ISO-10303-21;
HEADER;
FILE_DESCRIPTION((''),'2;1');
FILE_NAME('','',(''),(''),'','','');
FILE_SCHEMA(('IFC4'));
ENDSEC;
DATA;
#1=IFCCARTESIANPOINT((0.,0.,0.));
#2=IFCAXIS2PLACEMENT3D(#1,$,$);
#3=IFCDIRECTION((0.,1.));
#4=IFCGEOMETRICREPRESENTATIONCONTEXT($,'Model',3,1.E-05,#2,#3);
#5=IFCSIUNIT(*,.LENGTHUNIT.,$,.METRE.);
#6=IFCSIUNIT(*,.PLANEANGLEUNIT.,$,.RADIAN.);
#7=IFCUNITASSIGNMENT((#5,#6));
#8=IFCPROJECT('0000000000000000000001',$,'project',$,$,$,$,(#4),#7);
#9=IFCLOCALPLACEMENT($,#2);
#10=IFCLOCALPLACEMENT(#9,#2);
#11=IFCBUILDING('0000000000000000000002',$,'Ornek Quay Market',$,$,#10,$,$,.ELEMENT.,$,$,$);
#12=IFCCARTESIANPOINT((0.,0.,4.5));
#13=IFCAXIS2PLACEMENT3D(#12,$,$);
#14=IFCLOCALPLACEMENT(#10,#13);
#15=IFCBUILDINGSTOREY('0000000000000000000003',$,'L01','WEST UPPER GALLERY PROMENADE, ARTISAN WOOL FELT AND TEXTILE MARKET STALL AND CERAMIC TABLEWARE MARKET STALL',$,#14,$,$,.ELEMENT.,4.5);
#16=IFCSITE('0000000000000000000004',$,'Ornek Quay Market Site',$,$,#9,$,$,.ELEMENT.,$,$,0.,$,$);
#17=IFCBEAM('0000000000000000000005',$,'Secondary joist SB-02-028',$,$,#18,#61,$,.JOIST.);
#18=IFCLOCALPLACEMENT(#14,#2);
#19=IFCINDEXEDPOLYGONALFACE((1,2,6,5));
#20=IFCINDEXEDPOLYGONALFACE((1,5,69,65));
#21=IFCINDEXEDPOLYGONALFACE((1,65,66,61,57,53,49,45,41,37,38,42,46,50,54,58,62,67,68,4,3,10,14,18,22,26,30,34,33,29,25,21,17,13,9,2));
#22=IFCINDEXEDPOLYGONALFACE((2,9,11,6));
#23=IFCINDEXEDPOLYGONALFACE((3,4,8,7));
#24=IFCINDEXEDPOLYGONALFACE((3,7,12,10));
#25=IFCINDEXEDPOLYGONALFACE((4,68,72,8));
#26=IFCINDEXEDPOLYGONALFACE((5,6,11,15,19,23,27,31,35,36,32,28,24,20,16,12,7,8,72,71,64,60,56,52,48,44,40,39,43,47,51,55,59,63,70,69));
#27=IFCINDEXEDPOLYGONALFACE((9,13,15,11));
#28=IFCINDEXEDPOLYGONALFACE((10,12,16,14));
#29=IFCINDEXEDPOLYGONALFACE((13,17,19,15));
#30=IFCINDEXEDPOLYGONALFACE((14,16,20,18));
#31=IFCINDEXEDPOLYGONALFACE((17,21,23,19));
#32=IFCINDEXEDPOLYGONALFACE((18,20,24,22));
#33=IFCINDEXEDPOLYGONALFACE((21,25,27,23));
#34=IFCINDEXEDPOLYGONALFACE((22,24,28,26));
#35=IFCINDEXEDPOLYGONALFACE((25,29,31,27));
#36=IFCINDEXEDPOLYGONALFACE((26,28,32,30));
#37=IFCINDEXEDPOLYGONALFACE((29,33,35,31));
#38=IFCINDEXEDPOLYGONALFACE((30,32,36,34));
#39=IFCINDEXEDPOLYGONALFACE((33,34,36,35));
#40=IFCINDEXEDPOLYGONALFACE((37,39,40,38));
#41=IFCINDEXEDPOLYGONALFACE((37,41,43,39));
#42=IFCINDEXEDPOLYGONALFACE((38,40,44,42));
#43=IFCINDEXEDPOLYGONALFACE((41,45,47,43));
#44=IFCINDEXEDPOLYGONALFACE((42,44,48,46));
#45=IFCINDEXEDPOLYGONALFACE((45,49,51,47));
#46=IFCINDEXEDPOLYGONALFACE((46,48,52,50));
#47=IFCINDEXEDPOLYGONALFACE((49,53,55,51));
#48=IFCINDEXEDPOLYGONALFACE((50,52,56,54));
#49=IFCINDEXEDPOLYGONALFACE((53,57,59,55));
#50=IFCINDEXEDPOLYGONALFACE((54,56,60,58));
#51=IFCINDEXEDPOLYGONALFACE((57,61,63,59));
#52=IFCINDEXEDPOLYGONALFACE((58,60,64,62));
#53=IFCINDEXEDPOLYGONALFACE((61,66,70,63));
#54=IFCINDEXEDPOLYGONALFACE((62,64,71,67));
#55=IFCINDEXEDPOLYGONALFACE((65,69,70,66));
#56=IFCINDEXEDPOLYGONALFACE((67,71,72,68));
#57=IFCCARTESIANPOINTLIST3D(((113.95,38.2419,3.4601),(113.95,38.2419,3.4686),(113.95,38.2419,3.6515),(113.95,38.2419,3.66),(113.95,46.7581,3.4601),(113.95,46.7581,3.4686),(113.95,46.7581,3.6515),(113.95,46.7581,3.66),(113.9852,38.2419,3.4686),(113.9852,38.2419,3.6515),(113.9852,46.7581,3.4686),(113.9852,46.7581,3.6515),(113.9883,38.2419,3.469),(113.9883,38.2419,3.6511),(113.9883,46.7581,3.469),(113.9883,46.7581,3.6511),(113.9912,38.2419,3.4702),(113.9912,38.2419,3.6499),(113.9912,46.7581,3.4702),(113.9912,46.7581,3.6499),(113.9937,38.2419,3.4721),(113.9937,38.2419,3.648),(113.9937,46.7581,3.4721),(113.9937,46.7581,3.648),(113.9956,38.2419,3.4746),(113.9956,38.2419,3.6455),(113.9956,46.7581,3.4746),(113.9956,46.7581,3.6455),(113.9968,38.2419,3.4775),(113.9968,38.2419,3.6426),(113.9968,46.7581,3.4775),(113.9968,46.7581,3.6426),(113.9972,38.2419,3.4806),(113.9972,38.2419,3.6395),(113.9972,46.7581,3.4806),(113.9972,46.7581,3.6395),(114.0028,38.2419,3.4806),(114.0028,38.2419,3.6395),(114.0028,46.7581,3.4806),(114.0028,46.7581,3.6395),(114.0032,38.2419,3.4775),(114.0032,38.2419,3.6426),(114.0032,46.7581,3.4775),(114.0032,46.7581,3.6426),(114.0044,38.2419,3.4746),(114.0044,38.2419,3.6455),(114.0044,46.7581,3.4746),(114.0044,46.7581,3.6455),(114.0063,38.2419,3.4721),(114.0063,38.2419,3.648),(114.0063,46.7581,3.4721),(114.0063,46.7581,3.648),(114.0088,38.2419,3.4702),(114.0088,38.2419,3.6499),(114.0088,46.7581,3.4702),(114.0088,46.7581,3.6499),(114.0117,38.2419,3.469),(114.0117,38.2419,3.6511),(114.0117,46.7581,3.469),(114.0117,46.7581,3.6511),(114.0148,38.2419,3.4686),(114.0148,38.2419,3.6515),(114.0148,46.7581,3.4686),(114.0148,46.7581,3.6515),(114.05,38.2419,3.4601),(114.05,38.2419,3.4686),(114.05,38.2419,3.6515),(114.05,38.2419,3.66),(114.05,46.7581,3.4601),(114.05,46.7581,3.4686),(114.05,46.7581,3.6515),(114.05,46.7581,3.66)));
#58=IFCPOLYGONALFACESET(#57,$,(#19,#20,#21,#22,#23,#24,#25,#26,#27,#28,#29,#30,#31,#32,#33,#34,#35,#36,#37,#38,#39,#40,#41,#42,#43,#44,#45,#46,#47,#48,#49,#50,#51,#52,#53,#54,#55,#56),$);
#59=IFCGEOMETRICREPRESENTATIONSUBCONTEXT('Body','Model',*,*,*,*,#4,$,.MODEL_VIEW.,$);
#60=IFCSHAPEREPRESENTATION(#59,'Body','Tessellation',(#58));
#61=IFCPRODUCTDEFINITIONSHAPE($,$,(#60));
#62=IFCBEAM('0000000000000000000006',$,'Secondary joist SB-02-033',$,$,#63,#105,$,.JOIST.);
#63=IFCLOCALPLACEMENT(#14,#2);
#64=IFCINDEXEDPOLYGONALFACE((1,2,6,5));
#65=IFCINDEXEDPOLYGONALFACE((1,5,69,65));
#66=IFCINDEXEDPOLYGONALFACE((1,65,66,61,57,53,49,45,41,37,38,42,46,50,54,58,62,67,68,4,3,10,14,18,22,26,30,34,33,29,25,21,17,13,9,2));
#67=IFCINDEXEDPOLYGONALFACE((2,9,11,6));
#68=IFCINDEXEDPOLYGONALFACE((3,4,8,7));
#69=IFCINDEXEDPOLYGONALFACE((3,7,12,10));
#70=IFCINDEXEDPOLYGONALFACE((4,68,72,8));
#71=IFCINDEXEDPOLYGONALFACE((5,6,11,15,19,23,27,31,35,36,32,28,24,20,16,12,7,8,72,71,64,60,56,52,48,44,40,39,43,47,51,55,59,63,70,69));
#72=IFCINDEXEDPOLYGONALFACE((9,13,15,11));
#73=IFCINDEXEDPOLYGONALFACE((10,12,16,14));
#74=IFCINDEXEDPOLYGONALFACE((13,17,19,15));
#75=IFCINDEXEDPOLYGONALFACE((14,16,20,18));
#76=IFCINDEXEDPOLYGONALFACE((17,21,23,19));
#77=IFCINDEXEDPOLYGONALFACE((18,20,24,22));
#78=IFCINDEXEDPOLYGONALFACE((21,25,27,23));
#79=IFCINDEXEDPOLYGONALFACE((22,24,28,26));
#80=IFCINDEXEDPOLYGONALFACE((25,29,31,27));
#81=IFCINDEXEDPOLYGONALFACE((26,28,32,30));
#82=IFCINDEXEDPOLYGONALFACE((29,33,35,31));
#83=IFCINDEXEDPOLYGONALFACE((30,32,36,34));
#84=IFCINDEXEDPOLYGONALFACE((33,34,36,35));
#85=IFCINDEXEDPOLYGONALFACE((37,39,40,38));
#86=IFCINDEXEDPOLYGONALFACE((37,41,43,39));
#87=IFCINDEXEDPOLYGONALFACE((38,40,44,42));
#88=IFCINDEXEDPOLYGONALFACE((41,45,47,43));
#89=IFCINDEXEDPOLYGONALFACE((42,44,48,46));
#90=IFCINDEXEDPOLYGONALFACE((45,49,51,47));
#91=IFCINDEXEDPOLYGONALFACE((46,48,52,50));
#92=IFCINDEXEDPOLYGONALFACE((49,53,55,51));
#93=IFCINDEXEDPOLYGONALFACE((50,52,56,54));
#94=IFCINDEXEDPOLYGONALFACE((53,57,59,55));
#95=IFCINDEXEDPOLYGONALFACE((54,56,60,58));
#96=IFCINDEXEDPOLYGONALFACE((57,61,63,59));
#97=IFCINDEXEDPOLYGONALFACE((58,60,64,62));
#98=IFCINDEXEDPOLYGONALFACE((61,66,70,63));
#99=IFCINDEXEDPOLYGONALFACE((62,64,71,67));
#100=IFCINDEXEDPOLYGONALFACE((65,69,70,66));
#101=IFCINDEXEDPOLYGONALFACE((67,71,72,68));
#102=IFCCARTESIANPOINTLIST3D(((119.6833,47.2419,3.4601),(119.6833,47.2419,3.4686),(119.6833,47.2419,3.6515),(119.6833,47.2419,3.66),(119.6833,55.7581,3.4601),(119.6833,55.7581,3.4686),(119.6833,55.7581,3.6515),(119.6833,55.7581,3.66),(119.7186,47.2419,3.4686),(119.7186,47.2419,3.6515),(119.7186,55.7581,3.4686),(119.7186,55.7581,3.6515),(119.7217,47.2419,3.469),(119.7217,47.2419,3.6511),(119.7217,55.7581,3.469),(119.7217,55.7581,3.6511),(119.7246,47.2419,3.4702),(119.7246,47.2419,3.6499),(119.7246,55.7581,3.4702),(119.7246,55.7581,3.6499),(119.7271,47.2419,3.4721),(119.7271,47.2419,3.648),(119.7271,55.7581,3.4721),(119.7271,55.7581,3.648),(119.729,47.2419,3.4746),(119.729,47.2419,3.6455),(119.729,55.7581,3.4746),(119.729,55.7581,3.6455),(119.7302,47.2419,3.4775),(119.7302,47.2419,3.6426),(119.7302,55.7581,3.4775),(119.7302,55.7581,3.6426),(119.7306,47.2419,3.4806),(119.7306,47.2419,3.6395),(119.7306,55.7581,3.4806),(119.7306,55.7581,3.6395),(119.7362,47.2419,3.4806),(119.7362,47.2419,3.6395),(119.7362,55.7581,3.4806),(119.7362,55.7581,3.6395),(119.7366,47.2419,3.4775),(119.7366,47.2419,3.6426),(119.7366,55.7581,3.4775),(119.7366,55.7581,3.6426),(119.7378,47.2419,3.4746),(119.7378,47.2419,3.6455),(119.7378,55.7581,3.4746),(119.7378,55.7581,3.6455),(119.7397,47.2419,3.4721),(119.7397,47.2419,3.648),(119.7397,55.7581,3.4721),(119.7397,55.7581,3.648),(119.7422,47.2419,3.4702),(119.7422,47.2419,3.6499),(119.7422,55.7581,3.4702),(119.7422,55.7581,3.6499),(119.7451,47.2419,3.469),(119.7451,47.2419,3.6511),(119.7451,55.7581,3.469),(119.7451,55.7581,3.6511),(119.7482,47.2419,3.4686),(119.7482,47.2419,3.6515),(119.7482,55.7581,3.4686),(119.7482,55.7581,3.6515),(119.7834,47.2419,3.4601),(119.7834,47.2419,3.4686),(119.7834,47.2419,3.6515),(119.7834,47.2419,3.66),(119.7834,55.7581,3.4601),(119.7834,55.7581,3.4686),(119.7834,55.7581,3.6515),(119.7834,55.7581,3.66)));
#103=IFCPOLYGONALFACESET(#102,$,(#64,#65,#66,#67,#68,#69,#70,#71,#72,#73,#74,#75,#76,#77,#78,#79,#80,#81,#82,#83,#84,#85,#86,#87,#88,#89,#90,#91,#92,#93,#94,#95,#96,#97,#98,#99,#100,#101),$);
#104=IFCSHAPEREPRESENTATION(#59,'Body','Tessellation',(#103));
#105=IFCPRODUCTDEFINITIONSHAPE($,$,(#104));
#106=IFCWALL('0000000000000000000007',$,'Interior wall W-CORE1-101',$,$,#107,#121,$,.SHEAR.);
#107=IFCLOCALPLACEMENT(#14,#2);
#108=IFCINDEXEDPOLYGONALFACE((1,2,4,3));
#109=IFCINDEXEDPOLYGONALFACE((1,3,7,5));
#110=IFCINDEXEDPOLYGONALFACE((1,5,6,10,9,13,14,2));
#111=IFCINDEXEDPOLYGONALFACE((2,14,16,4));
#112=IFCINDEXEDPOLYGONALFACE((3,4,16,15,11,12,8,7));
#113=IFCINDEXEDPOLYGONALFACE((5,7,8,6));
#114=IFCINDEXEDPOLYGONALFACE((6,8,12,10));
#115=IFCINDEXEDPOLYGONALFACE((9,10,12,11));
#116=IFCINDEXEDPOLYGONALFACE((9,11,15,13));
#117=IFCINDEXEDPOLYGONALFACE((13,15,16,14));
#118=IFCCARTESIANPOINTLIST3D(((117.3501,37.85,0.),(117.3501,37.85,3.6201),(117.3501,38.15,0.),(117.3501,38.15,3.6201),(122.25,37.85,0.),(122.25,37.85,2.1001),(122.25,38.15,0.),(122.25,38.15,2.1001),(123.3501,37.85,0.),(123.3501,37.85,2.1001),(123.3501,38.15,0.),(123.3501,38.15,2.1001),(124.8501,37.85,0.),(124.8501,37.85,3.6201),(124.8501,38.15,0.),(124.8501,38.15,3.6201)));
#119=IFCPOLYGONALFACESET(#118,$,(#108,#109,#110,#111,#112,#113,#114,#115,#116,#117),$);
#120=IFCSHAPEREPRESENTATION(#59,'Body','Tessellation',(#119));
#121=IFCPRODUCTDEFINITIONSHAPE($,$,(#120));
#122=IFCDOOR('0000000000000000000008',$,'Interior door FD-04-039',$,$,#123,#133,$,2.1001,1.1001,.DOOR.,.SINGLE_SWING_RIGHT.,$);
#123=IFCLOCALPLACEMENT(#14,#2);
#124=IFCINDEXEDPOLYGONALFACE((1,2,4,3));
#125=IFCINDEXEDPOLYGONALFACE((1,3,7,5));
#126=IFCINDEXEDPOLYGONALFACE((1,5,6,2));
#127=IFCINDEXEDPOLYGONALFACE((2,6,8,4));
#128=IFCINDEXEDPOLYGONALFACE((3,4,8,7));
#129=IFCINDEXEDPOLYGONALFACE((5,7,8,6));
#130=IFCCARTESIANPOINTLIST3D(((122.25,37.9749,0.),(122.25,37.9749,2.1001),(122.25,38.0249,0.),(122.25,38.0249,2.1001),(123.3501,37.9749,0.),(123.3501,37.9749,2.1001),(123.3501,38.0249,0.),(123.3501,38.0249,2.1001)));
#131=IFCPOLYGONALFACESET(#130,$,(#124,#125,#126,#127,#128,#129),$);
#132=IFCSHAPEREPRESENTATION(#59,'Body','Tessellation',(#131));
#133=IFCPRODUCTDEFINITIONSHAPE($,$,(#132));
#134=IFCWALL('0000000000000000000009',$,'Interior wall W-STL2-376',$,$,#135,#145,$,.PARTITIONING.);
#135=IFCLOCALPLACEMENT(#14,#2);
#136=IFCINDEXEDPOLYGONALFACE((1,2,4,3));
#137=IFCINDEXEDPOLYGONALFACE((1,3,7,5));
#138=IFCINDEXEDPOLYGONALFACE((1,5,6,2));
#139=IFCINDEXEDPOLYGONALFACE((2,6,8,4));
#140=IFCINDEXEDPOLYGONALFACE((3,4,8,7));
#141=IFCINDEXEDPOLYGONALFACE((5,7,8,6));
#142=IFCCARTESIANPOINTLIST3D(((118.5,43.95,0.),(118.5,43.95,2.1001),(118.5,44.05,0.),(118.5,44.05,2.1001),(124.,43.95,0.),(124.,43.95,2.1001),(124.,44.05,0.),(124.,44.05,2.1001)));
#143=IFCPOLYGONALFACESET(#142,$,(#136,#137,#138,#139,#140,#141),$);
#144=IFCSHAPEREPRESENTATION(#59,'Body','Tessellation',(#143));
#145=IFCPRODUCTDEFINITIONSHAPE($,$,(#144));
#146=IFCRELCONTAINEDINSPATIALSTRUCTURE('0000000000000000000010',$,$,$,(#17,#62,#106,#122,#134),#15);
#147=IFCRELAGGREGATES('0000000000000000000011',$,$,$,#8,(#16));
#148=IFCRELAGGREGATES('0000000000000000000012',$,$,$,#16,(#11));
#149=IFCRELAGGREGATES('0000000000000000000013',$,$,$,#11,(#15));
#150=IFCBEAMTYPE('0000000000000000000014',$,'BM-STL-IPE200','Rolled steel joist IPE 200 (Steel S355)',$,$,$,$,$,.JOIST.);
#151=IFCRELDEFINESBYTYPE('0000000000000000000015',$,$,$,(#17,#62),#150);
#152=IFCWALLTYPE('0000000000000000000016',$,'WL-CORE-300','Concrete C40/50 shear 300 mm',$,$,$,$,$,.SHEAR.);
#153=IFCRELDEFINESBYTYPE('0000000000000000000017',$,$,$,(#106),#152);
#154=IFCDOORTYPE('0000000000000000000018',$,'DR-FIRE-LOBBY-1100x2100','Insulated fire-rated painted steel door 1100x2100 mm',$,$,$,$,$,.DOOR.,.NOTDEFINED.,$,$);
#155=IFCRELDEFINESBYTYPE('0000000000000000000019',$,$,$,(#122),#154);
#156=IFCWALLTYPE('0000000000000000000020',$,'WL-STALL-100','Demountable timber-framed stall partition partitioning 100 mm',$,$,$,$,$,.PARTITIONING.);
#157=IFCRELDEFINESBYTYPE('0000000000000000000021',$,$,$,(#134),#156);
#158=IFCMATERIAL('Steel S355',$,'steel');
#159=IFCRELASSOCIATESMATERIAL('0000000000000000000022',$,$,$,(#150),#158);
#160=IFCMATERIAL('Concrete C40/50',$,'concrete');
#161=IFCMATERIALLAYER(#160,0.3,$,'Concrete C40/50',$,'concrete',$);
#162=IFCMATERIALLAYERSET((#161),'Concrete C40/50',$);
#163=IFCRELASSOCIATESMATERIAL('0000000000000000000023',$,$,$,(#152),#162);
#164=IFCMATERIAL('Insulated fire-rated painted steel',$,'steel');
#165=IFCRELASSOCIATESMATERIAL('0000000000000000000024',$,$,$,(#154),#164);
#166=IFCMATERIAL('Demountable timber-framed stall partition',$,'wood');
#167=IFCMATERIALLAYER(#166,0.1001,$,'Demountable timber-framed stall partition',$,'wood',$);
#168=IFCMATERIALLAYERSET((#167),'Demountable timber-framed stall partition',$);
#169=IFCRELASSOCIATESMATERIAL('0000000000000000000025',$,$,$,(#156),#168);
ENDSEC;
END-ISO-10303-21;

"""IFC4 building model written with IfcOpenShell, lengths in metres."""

from ifc_helpers import new_model, si_unit, direction, frame, frame_2d, origin, origin_2d, place, context, subcontext, project, spatial, rectangle, i_section, extrude, material, layer, layer_set, material_profile, profile_set, type_object, element, fill, save


model = new_model("IFC4")

# Units and contexts
model_context = context("Model", 3, precision=1e-05, world=origin(), true_north=direction((0.0, 1.0)))
body_context = subcontext(model_context, "Body", "Model", "MODEL_VIEW")
ifc_project = project(units=[si_unit("LENGTHUNIT", "METRE"), si_unit("PLANEANGLEUNIT", "RADIAN")], contexts=[model_context])

# Site, building, storey
site_placement = place(None, origin())
site = spatial("IfcSite", under=ifc_project, at=site_placement, Name="Ornek Quay Market Site", CompositionType="ELEMENT", RefElevation=0.0)
building_placement = place(site_placement, origin())
building = spatial("IfcBuilding", under=site, at=building_placement, Name="Ornek Quay Market", CompositionType="ELEMENT")
storey_placement = place(building_placement, frame((0.0, 0.0, 4.5)))
storey = spatial("IfcBuildingStorey", under=building, at=storey_placement, Name="L01", Description="WEST UPPER GALLERY PROMENADE, ARTISAN WOOL FELT AND TEXTILE MARKET STALL AND CERAMIC TABLEWARE MARKET STALL", CompositionType="ELEMENT", Elevation=4.5)

# Beams
ifc_material_1 = material(Name="Concrete C40/50", Category="concrete")
ifc_material_2 = material(Name="Steel S355", Category="steel")
ifc_material_profile_1 = material_profile(ifc_material_2, i_section(OverallWidth=0.1001, OverallDepth=0.2, WebThickness=0.0056, FlangeThickness=0.0085, FilletRadius=0.012, at=origin_2d()), Name="IPE 200", Category="steel")
ifc_profile_set_1 = profile_set([ifc_material_profile_1], Name="Steel S355")
beam_type_1 = type_object("IfcBeamType", Name="BM-STL-IPE200", Description="Rolled steel joist IPE 200 (Steel S355)", PredefinedType="JOIST", material=ifc_profile_set_1)
for number, where, z_axis, x_axis, name in (
    (1, (114.0, 38.2419, 3.5601), (0.0, 1.0, 0.0), (-1.0, 0.0, 0.0), "Secondary joist SB-02-028"),
    (2, (119.7334, 47.2419, 3.5601), (0.0, 1.0, 0.0), (-1.0, 0.0, 0.0), "Secondary joist SB-02-033"),
):
    element("IfcBeam", number, at=place(storey_placement, frame(where, z_axis=z_axis, x_axis=x_axis)), inside=storey, type_object=beam_type_1, Name=name, PredefinedType="JOIST", context=body_context, shape_type="SweptSolid", body=[
        extrude(i_section(OverallWidth=0.1001, OverallDepth=0.2, WebThickness=0.0056, FlangeThickness=0.0085, FilletRadius=0.012, at=origin_2d()), origin(), (0.0, 0.0, 1.0), 8.5161),
    ])

# Wall, opening, door
ifc_layer_1 = layer(ifc_material_1, 0.3, Name="Concrete C40/50", Category="concrete")
ifc_layer_set_1 = layer_set([ifc_layer_1], Name="Concrete C40/50")
wall_type_1 = type_object("IfcWallType", Name="WL-CORE-300", Description="Concrete C40/50 shear 300 mm", PredefinedType="SHEAR", material=ifc_layer_set_1)
wall_1_placement = place(storey_placement, frame((117.3501, 38.0, 0.0), z_axis=(0.0, 0.0, 1.0), x_axis=(1.0, 0.0, 0.0)))
wall_1 = element("IfcWall", 3, at=wall_1_placement, inside=storey, type_object=wall_type_1, Name="Interior wall W-CORE1-101", PredefinedType="SHEAR", context=body_context, shape_type="SweptSolid", body=[
    extrude(rectangle(XDim=7.5, YDim=0.3, at=frame_2d((3.75, 0.0))), origin(), (0.0, 0.0, 1.0), 3.6201),
])
opening_placement = place(wall_1_placement, frame((4.8999, 0.0, 0.0)))
opening = element("IfcOpeningElement", 4, at=opening_placement, cuts=wall_1, PredefinedType="OPENING", context=body_context, shape_type="SweptSolid", body=[
    extrude(rectangle(XDim=1.1001, YDim=2.1001, at=frame_2d((0.55, 1.05))), frame((0.0, 0.1599, 0.0), z_axis=(0.0, -1.0, 0.0), x_axis=(1.0, 0.0, 0.0)), (0.0, 0.0, 1.0), 0.3201),
])
ifc_material_3 = material(Name="Insulated fire-rated painted steel", Category="steel")
door_type = type_object("IfcDoorType", Name="DR-FIRE-LOBBY-1100x2100", Description="Insulated fire-rated painted steel door 1100x2100 mm", OperationType="NOTDEFINED", PredefinedType="DOOR", material=ifc_material_3)
door_placement = place(opening_placement, origin())
door = element("IfcDoor", 5, at=door_placement, inside=storey, type_object=door_type, Name="Interior door FD-04-039", OperationType="SINGLE_SWING_RIGHT", OverallHeight=2.1001, OverallWidth=1.1001, PredefinedType="DOOR", context=body_context, shape_type="SweptSolid", body=[
    extrude(rectangle(XDim=1.1001, YDim=2.1001, at=frame_2d((0.55, 1.05))), frame((0.0, 0.0249, 0.0), z_axis=(0.0, -1.0, 0.0), x_axis=(1.0, 0.0, 0.0)), (0.0, 0.0, 1.0), 0.05),
])
fill(opening, door)

# Wall
ifc_material_4 = material(Name="Demountable timber-framed stall partition", Category="wood")
ifc_layer_2 = layer(ifc_material_4, 0.1001, Name="Demountable timber-framed stall partition", Category="wood")
ifc_layer_set_2 = layer_set([ifc_layer_2], Name="Demountable timber-framed stall partition")
wall_type_2 = type_object("IfcWallType", Name="WL-STALL-100", Description="Demountable timber-framed stall partition partitioning 100 mm", PredefinedType="PARTITIONING", material=ifc_layer_set_2)
wall_2_placement = place(storey_placement, frame((118.5, 44.0, 0.0), z_axis=(0.0, 0.0, 1.0), x_axis=(1.0, 0.0, 0.0)))
element("IfcWall", 6, at=wall_2_placement, inside=storey, type_object=wall_type_2, Name="Interior wall W-STL2-376", PredefinedType="PARTITIONING", context=body_context, shape_type="SweptSolid", body=[
    extrude(rectangle(XDim=5.5, YDim=0.1001, at=frame_2d((2.75, 0.0))), origin(), (0.0, 0.0, 1.0), 2.1001),
])

save(model, "model.ifc")
